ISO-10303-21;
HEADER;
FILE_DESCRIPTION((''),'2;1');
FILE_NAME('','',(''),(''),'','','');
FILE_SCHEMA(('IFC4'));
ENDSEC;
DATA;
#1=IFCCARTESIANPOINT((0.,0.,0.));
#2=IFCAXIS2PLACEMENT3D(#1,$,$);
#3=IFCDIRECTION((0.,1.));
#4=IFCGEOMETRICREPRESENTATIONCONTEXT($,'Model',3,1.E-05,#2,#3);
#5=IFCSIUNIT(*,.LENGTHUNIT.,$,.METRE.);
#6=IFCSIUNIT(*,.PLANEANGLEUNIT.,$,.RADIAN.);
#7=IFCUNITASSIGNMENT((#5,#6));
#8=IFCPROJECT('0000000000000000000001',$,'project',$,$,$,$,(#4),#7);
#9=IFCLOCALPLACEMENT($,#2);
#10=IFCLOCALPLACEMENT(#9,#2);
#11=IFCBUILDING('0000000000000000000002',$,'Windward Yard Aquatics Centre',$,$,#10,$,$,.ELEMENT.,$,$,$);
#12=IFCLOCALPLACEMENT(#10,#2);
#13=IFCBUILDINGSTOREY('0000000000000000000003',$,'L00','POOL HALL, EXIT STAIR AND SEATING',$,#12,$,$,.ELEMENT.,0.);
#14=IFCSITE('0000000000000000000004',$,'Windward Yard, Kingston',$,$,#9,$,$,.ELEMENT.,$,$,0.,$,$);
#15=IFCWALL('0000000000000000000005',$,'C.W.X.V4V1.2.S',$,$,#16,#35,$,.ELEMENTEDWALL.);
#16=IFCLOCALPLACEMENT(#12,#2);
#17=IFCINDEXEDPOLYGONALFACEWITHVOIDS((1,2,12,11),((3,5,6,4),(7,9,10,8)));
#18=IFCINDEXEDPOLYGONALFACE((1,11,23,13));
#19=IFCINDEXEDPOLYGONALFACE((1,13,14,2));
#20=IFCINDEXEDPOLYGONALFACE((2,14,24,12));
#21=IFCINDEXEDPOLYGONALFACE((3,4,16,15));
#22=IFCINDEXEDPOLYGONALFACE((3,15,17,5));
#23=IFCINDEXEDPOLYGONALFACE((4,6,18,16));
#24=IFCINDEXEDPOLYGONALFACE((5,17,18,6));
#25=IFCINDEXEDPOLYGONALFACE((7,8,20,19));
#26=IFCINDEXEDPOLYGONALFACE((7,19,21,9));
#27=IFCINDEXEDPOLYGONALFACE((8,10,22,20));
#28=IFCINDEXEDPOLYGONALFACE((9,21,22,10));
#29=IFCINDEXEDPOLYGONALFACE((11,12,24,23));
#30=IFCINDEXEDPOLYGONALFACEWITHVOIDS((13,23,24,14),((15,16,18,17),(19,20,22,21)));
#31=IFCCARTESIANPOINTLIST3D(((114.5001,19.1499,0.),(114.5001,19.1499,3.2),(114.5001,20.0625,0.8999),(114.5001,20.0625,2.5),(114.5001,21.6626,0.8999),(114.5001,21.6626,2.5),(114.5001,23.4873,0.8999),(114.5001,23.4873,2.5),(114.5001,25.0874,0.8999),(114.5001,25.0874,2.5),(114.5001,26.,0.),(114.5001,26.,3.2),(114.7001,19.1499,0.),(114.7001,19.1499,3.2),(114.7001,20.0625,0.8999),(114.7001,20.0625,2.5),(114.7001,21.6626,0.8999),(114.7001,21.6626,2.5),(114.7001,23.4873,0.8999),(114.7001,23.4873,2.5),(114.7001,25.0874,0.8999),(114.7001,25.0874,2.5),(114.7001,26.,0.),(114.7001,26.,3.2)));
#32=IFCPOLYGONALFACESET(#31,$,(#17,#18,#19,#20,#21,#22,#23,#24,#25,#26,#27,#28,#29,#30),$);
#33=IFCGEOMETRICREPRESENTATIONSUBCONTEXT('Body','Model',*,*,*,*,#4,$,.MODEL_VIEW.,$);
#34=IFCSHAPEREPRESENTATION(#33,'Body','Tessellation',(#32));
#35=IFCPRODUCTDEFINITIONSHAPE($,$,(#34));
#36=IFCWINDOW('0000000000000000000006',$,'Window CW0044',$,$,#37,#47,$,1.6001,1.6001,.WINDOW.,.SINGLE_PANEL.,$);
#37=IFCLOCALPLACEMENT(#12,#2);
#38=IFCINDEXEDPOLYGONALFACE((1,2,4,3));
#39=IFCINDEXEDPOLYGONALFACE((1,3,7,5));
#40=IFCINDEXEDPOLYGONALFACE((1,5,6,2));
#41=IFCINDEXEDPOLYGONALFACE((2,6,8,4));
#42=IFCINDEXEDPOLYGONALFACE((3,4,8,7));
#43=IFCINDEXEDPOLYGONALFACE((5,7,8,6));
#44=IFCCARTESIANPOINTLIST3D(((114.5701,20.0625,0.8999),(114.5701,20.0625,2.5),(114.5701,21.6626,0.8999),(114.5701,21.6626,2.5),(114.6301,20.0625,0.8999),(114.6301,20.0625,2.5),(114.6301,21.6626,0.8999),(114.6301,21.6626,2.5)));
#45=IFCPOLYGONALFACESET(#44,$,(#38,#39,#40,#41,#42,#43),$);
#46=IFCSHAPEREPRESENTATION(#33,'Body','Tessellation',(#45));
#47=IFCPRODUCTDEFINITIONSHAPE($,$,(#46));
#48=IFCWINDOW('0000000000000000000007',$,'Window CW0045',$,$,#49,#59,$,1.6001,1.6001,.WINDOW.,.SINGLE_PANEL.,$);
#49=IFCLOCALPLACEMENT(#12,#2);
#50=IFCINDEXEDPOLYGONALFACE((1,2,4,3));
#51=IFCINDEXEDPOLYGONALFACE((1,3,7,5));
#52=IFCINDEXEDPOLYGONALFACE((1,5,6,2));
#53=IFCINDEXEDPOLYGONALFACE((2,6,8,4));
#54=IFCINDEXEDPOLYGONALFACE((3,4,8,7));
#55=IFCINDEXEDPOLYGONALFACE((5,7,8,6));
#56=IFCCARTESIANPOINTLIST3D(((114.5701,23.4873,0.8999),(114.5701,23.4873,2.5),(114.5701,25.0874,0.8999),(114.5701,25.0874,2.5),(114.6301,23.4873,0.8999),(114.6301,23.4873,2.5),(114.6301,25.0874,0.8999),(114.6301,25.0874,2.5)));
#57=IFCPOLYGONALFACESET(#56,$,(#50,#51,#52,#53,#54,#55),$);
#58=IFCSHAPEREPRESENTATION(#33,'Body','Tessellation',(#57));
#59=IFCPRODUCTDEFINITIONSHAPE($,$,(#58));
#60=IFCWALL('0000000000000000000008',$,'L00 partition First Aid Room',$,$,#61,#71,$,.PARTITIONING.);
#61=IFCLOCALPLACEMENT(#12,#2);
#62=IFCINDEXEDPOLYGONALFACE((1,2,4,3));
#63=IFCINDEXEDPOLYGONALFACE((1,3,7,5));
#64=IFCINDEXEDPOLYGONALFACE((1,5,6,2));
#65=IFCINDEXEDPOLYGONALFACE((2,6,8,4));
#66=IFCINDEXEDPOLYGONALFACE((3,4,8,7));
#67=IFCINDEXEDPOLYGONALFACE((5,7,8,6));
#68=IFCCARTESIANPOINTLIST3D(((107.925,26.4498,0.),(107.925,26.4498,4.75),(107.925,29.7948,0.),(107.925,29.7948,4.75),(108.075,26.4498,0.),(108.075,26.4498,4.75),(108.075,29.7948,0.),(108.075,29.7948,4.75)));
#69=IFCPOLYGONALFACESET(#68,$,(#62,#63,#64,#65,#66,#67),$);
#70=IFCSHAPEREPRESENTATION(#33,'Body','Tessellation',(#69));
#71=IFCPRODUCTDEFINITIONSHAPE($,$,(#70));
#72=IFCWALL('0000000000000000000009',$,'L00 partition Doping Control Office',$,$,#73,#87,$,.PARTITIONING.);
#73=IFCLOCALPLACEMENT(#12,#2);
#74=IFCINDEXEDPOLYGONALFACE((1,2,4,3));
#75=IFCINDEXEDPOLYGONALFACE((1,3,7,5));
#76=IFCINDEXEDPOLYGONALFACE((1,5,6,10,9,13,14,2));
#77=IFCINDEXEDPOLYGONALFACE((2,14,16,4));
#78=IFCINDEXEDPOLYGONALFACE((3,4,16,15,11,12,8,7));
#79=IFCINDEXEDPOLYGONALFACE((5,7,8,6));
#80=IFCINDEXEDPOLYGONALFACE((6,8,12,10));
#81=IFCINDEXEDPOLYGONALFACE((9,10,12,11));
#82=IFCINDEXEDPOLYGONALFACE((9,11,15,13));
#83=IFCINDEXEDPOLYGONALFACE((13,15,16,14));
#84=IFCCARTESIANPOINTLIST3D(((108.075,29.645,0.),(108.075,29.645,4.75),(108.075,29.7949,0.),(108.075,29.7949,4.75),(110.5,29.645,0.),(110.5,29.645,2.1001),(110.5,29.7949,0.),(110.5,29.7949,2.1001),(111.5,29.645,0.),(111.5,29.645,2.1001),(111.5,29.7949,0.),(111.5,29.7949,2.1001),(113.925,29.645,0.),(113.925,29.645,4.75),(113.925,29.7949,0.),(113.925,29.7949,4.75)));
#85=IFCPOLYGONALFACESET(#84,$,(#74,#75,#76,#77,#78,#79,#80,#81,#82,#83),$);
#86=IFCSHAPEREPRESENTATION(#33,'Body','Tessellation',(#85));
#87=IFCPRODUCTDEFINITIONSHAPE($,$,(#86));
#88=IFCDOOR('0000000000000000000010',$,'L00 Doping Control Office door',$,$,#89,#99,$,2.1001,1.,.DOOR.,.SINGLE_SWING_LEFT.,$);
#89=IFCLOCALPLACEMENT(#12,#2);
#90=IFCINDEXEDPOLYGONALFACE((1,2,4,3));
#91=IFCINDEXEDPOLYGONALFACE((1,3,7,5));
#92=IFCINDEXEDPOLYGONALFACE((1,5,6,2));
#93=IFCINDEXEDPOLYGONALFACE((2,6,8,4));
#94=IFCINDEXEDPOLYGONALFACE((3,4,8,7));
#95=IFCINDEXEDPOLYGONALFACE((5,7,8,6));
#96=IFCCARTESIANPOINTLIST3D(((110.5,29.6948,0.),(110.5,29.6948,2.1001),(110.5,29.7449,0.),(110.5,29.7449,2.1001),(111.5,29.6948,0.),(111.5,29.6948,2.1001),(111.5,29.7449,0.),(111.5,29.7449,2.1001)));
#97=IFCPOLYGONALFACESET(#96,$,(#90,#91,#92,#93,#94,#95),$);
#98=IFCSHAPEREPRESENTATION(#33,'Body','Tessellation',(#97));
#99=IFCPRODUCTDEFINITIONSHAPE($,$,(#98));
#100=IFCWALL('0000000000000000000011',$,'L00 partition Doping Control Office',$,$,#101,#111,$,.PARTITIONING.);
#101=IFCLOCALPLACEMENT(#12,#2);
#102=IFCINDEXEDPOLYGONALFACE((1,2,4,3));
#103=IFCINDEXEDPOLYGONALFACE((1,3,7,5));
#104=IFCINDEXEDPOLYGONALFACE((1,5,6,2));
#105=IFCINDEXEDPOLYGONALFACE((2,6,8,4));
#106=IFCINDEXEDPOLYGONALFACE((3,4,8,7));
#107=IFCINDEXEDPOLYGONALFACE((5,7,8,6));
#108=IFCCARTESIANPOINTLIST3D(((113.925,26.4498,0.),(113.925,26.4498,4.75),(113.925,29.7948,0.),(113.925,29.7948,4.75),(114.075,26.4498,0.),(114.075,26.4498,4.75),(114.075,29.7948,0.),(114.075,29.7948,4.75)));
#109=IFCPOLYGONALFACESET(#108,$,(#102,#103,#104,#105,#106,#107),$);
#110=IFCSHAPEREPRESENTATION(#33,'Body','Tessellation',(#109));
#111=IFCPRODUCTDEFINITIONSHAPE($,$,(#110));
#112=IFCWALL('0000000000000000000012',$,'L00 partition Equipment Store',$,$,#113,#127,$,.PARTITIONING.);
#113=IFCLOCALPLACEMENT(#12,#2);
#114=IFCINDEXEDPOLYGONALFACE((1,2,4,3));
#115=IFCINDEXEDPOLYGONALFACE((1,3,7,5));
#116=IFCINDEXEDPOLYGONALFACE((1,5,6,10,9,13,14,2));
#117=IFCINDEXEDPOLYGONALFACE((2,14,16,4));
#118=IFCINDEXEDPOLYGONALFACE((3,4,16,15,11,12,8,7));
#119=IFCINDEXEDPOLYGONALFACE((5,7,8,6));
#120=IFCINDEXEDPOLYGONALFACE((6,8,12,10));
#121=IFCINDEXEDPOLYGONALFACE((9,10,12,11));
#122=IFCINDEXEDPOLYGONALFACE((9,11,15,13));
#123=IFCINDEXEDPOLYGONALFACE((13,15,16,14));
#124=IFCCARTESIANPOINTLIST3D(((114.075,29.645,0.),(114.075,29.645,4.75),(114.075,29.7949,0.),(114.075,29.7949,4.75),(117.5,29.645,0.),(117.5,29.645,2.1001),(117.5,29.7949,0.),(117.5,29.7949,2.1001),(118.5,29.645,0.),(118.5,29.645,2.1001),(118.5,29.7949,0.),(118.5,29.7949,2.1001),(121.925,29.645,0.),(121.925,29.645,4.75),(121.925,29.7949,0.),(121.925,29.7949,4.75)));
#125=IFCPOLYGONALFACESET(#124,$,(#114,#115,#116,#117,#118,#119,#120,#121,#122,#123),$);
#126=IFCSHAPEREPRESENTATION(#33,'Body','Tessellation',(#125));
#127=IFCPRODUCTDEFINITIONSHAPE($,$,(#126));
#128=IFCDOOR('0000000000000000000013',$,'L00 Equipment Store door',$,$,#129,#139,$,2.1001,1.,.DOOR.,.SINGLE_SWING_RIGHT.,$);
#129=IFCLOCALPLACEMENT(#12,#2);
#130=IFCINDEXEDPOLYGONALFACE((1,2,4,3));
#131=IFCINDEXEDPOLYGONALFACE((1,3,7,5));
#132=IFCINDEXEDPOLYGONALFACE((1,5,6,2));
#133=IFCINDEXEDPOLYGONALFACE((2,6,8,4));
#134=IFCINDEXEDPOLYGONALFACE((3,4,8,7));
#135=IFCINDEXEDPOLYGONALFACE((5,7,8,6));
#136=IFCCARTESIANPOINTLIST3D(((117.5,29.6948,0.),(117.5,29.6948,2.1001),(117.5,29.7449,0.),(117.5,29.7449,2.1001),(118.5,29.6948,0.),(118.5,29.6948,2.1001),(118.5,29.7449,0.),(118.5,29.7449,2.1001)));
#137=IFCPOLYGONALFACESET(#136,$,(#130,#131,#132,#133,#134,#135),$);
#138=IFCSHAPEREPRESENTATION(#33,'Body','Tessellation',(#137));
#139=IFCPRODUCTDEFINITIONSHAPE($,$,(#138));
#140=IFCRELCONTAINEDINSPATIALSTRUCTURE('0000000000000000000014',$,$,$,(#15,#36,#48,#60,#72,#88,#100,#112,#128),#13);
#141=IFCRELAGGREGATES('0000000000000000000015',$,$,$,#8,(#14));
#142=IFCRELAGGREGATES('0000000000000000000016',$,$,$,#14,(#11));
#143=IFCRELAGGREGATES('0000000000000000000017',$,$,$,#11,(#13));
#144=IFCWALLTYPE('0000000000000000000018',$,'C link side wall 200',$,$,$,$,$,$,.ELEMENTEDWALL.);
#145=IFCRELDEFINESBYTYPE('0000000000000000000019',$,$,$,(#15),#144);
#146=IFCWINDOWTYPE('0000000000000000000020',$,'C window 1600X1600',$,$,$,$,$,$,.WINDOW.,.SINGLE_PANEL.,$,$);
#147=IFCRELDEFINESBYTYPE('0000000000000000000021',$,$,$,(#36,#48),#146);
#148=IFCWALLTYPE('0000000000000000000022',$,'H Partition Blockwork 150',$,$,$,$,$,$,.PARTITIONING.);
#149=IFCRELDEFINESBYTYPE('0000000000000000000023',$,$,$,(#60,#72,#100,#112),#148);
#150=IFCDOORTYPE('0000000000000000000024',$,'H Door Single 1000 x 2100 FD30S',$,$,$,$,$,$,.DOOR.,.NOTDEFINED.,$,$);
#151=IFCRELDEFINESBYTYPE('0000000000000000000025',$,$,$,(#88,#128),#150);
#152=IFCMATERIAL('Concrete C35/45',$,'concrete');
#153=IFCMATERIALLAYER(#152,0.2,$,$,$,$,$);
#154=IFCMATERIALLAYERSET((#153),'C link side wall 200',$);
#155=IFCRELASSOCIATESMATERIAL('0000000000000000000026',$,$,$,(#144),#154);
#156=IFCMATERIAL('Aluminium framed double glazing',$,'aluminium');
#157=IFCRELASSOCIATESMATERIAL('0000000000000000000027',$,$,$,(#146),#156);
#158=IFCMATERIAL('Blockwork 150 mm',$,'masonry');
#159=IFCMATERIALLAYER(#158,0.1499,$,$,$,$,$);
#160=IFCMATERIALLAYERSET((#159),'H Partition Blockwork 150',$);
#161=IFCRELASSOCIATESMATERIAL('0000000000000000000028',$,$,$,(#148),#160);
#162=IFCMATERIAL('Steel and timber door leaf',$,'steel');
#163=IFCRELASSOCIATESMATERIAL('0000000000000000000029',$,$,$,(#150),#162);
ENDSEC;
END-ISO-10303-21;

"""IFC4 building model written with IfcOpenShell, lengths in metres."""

from ifc_helpers import new_model, si_unit, direction, frame, frame_2d, origin, place, context, subcontext, project, spatial, rectangle, extrude, material, layer, layer_set, type_object, element, fill, save


model = new_model("IFC4")

# Units and contexts
model_context = context("Model", 3, precision=1e-05, world=origin(), true_north=direction((0.0, 1.0)))
body_context = subcontext(model_context, "Body", "Model", "MODEL_VIEW")
ifc_project = project(units=[si_unit("LENGTHUNIT", "METRE"), si_unit("PLANEANGLEUNIT", "RADIAN")], contexts=[model_context])

# Site, building, storey
site_placement = place(None, origin())
site = spatial("IfcSite", under=ifc_project, at=site_placement, Name="Windward Yard, Kingston", CompositionType="ELEMENT", RefElevation=0.0)
building_placement = place(site_placement, origin())
building = spatial("IfcBuilding", under=site, at=building_placement, Name="Windward Yard Aquatics Centre", CompositionType="ELEMENT")
storey_placement = place(building_placement, origin())
storey = spatial("IfcBuildingStorey", under=building, at=storey_placement, Name="L00", Description="POOL HALL, EXIT STAIR AND SEATING", CompositionType="ELEMENT", Elevation=0.0)

# Shared definitions
ifc_material_1 = material(Name="Concrete C35/45", Category="concrete")

# Wall, openings, windows
ifc_layer_1 = layer(ifc_material_1, 0.2)
ifc_layer_set_1 = layer_set([ifc_layer_1], Name="C link side wall 200")
wall_type_1 = type_object("IfcWallType", Name="C link side wall 200", PredefinedType="ELEMENTEDWALL", material=ifc_layer_set_1)
ifc_material_2 = material(Name="Aluminium framed double glazing", Category="aluminium")
window_type_1 = type_object("IfcWindowType", Name="C window 1600X1600", PartitioningType="SINGLE_PANEL", PredefinedType="WINDOW", material=ifc_material_2)
wall_1_placement = place(storey_placement, frame((114.6001, 19.1499, 0.0), z_axis=(0.0, 0.0, 1.0), x_axis=(0.0, 1.0, 0.0)))
wall_1 = element("IfcWall", 1, at=wall_1_placement, inside=storey, type_object=wall_type_1, Name="C.W.X.V4V1.2.S", PredefinedType="ELEMENTEDWALL", context=body_context, shape_type="SweptSolid", body=[
    extrude(rectangle(XDim=6.8501, YDim=0.2, at=frame_2d((3.425, 0.0))), origin(), (0.0, 0.0, 1.0), 3.2),
])
opening_1_placement = place(wall_1_placement, frame((0.9126, 0.0, 0.8999)))
opening_1 = element("IfcOpeningElement", 2, at=opening_1_placement, cuts=wall_1, PredefinedType="OPENING", context=body_context, shape_type="SweptSolid", body=[
    extrude(rectangle(XDim=1.6001, YDim=1.6001, at=frame_2d((0.8, 0.8))), frame((0.0, 0.1099, 0.0), z_axis=(0.0, -1.0, 0.0), x_axis=(1.0, 0.0, 0.0)), (0.0, 0.0, 1.0), 0.22),
])
opening_2_placement = place(wall_1_placement, frame((4.3374, 0.0, 0.8999)))
opening_2 = element("IfcOpeningElement", 3, at=opening_2_placement, cuts=wall_1, PredefinedType="OPENING", context=body_context, shape_type="SweptSolid", body=[
    extrude(rectangle(XDim=1.6001, YDim=1.6001, at=frame_2d((0.8, 0.8))), frame((0.0, 0.1099, 0.0), z_axis=(0.0, -1.0, 0.0), x_axis=(1.0, 0.0, 0.0)), (0.0, 0.0, 1.0), 0.22),
])
window_1_placement = place(opening_1_placement, origin())
window_1 = element("IfcWindow", 4, at=window_1_placement, inside=storey, type_object=window_type_1, Name="Window CW0044", OverallHeight=1.6001, OverallWidth=1.6001, PartitioningType="SINGLE_PANEL", PredefinedType="WINDOW", context=body_context, shape_type="SweptSolid", body=[
    extrude(rectangle(XDim=1.6001, YDim=1.6001, at=frame_2d((0.8, 0.8))), frame((0.0, 0.03, 0.0), z_axis=(0.0, -1.0, 0.0), x_axis=(1.0, 0.0, 0.0)), (0.0, 0.0, 1.0), 0.0601),
])
fill(opening_1, window_1)
window_2_placement = place(opening_2_placement, origin())
window_2 = element("IfcWindow", 5, at=window_2_placement, inside=storey, type_object=window_type_1, Name="Window CW0045", OverallHeight=1.6001, OverallWidth=1.6001, PartitioningType="SINGLE_PANEL", PredefinedType="WINDOW", context=body_context, shape_type="SweptSolid", body=[
    extrude(rectangle(XDim=1.6001, YDim=1.6001, at=frame_2d((0.8, 0.8))), frame((0.0, 0.03, 0.0), z_axis=(0.0, -1.0, 0.0), x_axis=(1.0, 0.0, 0.0)), (0.0, 0.0, 1.0), 0.0601),
])
fill(opening_2, window_2)

# Wall
ifc_material_3 = material(Name="Blockwork 150 mm", Category="masonry")
ifc_layer_2 = layer(ifc_material_3, 0.1499)
ifc_layer_set_2 = layer_set([ifc_layer_2], Name="H Partition Blockwork 150")
wall_type_2 = type_object("IfcWallType", Name="H Partition Blockwork 150", PredefinedType="PARTITIONING", material=ifc_layer_set_2)
wall_2_placement = place(storey_placement, frame((108.0, 26.45, 0.0), z_axis=(0.0, 0.0, 1.0), x_axis=(0.0, 1.0, 0.0)))
element("IfcWall", 6, at=wall_2_placement, inside=storey, type_object=wall_type_2, Name="L00 partition First Aid Room", PredefinedType="PARTITIONING", context=body_context, shape_type="SweptSolid", body=[
    extrude(rectangle(XDim=3.345, YDim=0.1499, at=frame_2d((1.6724, 0.0))), origin(), (0.0, 0.0, 1.0), 4.75),
])

# Wall, opening, door
wall_3_placement = place(storey_placement, frame((108.075, 29.72, 0.0), z_axis=(0.0, 0.0, 1.0), x_axis=(1.0, 0.0, 0.0)))
wall_3 = element("IfcWall", 7, at=wall_3_placement, inside=storey, type_object=wall_type_2, Name="L00 partition Doping Control Office", PredefinedType="PARTITIONING", context=body_context, shape_type="SweptSolid", body=[
    extrude(rectangle(XDim=5.8501, YDim=0.1499, at=frame_2d((2.925, 0.0))), origin(), (0.0, 0.0, 1.0), 4.75),
])
opening_3_placement = place(wall_3_placement, frame((2.425, 0.0, 0.0)))
opening_3 = element("IfcOpeningElement", 8, at=opening_3_placement, cuts=wall_3, PredefinedType="OPENING", context=body_context, shape_type="SweptSolid", body=[
    extrude(rectangle(XDim=1.0, YDim=2.1001, at=frame_2d((0.5, 1.05))), frame((0.0, 0.085, 0.0), z_axis=(0.0, -1.0, 0.0), x_axis=(1.0, 0.0, 0.0)), (0.0, 0.0, 1.0), 0.1699),
])
ifc_material_4 = material(Name="Steel and timber door leaf", Category="steel")
door_type_1 = type_object("IfcDoorType", Name="H Door Single 1000 x 2100 FD30S", OperationType="NOTDEFINED", PredefinedType="DOOR", material=ifc_material_4)
door_1_placement = place(opening_3_placement, origin())
door_1 = element("IfcDoor", 9, at=door_1_placement, inside=storey, type_object=door_type_1, Name="L00 Doping Control Office door", OperationType="SINGLE_SWING_LEFT", OverallHeight=2.1001, OverallWidth=1.0, PredefinedType="DOOR", context=body_context, shape_type="SweptSolid", body=[
    extrude(rectangle(XDim=1.0, YDim=2.1001, at=frame_2d((0.5, 1.05))), frame((0.0, 0.0249, 0.0), z_axis=(0.0, -1.0, 0.0), x_axis=(1.0, 0.0, 0.0)), (0.0, 0.0, 1.0), 0.05),
])
fill(opening_3, door_1)

# Wall
wall_4_placement = place(storey_placement, frame((114.0, 26.45, 0.0), z_axis=(0.0, 0.0, 1.0), x_axis=(0.0, 1.0, 0.0)))
element("IfcWall", 10, at=wall_4_placement, inside=storey, type_object=wall_type_2, Name="L00 partition Doping Control Office", PredefinedType="PARTITIONING", context=body_context, shape_type="SweptSolid", body=[
    extrude(rectangle(XDim=3.345, YDim=0.1499, at=frame_2d((1.6724, 0.0))), origin(), (0.0, 0.0, 1.0), 4.75),
])

# Wall, opening, door
wall_5_placement = place(storey_placement, frame((114.075, 29.72, 0.0), z_axis=(0.0, 0.0, 1.0), x_axis=(1.0, 0.0, 0.0)))
wall_5 = element("IfcWall", 11, at=wall_5_placement, inside=storey, type_object=wall_type_2, Name="L00 partition Equipment Store", PredefinedType="PARTITIONING", context=body_context, shape_type="SweptSolid", body=[
    extrude(rectangle(XDim=7.8501, YDim=0.1499, at=frame_2d((3.925, 0.0))), origin(), (0.0, 0.0, 1.0), 4.75),
])
opening_4_placement = place(wall_5_placement, frame((3.425, 0.0, 0.0)))
opening_4 = element("IfcOpeningElement", 12, at=opening_4_placement, cuts=wall_5, PredefinedType="OPENING", context=body_context, shape_type="SweptSolid", body=[
    extrude(rectangle(XDim=1.0, YDim=2.1001, at=frame_2d((0.5, 1.05))), frame((0.0, 0.085, 0.0), z_axis=(0.0, -1.0, 0.0), x_axis=(1.0, 0.0, 0.0)), (0.0, 0.0, 1.0), 0.1699),
])
door_2_placement = place(opening_4_placement, origin())
door_2 = element("IfcDoor", 13, at=door_2_placement, inside=storey, type_object=door_type_1, Name="L00 Equipment Store door", OperationType="SINGLE_SWING_RIGHT", OverallHeight=2.1001, OverallWidth=1.0, PredefinedType="DOOR", context=body_context, shape_type="SweptSolid", body=[
    extrude(rectangle(XDim=1.0, YDim=2.1001, at=frame_2d((0.5, 1.05))), frame((0.0, 0.0249, 0.0), z_axis=(0.0, -1.0, 0.0), x_axis=(1.0, 0.0, 0.0)), (0.0, 0.0, 1.0), 0.05),
])
fill(opening_4, door_2)

save(model, "model.ifc")
